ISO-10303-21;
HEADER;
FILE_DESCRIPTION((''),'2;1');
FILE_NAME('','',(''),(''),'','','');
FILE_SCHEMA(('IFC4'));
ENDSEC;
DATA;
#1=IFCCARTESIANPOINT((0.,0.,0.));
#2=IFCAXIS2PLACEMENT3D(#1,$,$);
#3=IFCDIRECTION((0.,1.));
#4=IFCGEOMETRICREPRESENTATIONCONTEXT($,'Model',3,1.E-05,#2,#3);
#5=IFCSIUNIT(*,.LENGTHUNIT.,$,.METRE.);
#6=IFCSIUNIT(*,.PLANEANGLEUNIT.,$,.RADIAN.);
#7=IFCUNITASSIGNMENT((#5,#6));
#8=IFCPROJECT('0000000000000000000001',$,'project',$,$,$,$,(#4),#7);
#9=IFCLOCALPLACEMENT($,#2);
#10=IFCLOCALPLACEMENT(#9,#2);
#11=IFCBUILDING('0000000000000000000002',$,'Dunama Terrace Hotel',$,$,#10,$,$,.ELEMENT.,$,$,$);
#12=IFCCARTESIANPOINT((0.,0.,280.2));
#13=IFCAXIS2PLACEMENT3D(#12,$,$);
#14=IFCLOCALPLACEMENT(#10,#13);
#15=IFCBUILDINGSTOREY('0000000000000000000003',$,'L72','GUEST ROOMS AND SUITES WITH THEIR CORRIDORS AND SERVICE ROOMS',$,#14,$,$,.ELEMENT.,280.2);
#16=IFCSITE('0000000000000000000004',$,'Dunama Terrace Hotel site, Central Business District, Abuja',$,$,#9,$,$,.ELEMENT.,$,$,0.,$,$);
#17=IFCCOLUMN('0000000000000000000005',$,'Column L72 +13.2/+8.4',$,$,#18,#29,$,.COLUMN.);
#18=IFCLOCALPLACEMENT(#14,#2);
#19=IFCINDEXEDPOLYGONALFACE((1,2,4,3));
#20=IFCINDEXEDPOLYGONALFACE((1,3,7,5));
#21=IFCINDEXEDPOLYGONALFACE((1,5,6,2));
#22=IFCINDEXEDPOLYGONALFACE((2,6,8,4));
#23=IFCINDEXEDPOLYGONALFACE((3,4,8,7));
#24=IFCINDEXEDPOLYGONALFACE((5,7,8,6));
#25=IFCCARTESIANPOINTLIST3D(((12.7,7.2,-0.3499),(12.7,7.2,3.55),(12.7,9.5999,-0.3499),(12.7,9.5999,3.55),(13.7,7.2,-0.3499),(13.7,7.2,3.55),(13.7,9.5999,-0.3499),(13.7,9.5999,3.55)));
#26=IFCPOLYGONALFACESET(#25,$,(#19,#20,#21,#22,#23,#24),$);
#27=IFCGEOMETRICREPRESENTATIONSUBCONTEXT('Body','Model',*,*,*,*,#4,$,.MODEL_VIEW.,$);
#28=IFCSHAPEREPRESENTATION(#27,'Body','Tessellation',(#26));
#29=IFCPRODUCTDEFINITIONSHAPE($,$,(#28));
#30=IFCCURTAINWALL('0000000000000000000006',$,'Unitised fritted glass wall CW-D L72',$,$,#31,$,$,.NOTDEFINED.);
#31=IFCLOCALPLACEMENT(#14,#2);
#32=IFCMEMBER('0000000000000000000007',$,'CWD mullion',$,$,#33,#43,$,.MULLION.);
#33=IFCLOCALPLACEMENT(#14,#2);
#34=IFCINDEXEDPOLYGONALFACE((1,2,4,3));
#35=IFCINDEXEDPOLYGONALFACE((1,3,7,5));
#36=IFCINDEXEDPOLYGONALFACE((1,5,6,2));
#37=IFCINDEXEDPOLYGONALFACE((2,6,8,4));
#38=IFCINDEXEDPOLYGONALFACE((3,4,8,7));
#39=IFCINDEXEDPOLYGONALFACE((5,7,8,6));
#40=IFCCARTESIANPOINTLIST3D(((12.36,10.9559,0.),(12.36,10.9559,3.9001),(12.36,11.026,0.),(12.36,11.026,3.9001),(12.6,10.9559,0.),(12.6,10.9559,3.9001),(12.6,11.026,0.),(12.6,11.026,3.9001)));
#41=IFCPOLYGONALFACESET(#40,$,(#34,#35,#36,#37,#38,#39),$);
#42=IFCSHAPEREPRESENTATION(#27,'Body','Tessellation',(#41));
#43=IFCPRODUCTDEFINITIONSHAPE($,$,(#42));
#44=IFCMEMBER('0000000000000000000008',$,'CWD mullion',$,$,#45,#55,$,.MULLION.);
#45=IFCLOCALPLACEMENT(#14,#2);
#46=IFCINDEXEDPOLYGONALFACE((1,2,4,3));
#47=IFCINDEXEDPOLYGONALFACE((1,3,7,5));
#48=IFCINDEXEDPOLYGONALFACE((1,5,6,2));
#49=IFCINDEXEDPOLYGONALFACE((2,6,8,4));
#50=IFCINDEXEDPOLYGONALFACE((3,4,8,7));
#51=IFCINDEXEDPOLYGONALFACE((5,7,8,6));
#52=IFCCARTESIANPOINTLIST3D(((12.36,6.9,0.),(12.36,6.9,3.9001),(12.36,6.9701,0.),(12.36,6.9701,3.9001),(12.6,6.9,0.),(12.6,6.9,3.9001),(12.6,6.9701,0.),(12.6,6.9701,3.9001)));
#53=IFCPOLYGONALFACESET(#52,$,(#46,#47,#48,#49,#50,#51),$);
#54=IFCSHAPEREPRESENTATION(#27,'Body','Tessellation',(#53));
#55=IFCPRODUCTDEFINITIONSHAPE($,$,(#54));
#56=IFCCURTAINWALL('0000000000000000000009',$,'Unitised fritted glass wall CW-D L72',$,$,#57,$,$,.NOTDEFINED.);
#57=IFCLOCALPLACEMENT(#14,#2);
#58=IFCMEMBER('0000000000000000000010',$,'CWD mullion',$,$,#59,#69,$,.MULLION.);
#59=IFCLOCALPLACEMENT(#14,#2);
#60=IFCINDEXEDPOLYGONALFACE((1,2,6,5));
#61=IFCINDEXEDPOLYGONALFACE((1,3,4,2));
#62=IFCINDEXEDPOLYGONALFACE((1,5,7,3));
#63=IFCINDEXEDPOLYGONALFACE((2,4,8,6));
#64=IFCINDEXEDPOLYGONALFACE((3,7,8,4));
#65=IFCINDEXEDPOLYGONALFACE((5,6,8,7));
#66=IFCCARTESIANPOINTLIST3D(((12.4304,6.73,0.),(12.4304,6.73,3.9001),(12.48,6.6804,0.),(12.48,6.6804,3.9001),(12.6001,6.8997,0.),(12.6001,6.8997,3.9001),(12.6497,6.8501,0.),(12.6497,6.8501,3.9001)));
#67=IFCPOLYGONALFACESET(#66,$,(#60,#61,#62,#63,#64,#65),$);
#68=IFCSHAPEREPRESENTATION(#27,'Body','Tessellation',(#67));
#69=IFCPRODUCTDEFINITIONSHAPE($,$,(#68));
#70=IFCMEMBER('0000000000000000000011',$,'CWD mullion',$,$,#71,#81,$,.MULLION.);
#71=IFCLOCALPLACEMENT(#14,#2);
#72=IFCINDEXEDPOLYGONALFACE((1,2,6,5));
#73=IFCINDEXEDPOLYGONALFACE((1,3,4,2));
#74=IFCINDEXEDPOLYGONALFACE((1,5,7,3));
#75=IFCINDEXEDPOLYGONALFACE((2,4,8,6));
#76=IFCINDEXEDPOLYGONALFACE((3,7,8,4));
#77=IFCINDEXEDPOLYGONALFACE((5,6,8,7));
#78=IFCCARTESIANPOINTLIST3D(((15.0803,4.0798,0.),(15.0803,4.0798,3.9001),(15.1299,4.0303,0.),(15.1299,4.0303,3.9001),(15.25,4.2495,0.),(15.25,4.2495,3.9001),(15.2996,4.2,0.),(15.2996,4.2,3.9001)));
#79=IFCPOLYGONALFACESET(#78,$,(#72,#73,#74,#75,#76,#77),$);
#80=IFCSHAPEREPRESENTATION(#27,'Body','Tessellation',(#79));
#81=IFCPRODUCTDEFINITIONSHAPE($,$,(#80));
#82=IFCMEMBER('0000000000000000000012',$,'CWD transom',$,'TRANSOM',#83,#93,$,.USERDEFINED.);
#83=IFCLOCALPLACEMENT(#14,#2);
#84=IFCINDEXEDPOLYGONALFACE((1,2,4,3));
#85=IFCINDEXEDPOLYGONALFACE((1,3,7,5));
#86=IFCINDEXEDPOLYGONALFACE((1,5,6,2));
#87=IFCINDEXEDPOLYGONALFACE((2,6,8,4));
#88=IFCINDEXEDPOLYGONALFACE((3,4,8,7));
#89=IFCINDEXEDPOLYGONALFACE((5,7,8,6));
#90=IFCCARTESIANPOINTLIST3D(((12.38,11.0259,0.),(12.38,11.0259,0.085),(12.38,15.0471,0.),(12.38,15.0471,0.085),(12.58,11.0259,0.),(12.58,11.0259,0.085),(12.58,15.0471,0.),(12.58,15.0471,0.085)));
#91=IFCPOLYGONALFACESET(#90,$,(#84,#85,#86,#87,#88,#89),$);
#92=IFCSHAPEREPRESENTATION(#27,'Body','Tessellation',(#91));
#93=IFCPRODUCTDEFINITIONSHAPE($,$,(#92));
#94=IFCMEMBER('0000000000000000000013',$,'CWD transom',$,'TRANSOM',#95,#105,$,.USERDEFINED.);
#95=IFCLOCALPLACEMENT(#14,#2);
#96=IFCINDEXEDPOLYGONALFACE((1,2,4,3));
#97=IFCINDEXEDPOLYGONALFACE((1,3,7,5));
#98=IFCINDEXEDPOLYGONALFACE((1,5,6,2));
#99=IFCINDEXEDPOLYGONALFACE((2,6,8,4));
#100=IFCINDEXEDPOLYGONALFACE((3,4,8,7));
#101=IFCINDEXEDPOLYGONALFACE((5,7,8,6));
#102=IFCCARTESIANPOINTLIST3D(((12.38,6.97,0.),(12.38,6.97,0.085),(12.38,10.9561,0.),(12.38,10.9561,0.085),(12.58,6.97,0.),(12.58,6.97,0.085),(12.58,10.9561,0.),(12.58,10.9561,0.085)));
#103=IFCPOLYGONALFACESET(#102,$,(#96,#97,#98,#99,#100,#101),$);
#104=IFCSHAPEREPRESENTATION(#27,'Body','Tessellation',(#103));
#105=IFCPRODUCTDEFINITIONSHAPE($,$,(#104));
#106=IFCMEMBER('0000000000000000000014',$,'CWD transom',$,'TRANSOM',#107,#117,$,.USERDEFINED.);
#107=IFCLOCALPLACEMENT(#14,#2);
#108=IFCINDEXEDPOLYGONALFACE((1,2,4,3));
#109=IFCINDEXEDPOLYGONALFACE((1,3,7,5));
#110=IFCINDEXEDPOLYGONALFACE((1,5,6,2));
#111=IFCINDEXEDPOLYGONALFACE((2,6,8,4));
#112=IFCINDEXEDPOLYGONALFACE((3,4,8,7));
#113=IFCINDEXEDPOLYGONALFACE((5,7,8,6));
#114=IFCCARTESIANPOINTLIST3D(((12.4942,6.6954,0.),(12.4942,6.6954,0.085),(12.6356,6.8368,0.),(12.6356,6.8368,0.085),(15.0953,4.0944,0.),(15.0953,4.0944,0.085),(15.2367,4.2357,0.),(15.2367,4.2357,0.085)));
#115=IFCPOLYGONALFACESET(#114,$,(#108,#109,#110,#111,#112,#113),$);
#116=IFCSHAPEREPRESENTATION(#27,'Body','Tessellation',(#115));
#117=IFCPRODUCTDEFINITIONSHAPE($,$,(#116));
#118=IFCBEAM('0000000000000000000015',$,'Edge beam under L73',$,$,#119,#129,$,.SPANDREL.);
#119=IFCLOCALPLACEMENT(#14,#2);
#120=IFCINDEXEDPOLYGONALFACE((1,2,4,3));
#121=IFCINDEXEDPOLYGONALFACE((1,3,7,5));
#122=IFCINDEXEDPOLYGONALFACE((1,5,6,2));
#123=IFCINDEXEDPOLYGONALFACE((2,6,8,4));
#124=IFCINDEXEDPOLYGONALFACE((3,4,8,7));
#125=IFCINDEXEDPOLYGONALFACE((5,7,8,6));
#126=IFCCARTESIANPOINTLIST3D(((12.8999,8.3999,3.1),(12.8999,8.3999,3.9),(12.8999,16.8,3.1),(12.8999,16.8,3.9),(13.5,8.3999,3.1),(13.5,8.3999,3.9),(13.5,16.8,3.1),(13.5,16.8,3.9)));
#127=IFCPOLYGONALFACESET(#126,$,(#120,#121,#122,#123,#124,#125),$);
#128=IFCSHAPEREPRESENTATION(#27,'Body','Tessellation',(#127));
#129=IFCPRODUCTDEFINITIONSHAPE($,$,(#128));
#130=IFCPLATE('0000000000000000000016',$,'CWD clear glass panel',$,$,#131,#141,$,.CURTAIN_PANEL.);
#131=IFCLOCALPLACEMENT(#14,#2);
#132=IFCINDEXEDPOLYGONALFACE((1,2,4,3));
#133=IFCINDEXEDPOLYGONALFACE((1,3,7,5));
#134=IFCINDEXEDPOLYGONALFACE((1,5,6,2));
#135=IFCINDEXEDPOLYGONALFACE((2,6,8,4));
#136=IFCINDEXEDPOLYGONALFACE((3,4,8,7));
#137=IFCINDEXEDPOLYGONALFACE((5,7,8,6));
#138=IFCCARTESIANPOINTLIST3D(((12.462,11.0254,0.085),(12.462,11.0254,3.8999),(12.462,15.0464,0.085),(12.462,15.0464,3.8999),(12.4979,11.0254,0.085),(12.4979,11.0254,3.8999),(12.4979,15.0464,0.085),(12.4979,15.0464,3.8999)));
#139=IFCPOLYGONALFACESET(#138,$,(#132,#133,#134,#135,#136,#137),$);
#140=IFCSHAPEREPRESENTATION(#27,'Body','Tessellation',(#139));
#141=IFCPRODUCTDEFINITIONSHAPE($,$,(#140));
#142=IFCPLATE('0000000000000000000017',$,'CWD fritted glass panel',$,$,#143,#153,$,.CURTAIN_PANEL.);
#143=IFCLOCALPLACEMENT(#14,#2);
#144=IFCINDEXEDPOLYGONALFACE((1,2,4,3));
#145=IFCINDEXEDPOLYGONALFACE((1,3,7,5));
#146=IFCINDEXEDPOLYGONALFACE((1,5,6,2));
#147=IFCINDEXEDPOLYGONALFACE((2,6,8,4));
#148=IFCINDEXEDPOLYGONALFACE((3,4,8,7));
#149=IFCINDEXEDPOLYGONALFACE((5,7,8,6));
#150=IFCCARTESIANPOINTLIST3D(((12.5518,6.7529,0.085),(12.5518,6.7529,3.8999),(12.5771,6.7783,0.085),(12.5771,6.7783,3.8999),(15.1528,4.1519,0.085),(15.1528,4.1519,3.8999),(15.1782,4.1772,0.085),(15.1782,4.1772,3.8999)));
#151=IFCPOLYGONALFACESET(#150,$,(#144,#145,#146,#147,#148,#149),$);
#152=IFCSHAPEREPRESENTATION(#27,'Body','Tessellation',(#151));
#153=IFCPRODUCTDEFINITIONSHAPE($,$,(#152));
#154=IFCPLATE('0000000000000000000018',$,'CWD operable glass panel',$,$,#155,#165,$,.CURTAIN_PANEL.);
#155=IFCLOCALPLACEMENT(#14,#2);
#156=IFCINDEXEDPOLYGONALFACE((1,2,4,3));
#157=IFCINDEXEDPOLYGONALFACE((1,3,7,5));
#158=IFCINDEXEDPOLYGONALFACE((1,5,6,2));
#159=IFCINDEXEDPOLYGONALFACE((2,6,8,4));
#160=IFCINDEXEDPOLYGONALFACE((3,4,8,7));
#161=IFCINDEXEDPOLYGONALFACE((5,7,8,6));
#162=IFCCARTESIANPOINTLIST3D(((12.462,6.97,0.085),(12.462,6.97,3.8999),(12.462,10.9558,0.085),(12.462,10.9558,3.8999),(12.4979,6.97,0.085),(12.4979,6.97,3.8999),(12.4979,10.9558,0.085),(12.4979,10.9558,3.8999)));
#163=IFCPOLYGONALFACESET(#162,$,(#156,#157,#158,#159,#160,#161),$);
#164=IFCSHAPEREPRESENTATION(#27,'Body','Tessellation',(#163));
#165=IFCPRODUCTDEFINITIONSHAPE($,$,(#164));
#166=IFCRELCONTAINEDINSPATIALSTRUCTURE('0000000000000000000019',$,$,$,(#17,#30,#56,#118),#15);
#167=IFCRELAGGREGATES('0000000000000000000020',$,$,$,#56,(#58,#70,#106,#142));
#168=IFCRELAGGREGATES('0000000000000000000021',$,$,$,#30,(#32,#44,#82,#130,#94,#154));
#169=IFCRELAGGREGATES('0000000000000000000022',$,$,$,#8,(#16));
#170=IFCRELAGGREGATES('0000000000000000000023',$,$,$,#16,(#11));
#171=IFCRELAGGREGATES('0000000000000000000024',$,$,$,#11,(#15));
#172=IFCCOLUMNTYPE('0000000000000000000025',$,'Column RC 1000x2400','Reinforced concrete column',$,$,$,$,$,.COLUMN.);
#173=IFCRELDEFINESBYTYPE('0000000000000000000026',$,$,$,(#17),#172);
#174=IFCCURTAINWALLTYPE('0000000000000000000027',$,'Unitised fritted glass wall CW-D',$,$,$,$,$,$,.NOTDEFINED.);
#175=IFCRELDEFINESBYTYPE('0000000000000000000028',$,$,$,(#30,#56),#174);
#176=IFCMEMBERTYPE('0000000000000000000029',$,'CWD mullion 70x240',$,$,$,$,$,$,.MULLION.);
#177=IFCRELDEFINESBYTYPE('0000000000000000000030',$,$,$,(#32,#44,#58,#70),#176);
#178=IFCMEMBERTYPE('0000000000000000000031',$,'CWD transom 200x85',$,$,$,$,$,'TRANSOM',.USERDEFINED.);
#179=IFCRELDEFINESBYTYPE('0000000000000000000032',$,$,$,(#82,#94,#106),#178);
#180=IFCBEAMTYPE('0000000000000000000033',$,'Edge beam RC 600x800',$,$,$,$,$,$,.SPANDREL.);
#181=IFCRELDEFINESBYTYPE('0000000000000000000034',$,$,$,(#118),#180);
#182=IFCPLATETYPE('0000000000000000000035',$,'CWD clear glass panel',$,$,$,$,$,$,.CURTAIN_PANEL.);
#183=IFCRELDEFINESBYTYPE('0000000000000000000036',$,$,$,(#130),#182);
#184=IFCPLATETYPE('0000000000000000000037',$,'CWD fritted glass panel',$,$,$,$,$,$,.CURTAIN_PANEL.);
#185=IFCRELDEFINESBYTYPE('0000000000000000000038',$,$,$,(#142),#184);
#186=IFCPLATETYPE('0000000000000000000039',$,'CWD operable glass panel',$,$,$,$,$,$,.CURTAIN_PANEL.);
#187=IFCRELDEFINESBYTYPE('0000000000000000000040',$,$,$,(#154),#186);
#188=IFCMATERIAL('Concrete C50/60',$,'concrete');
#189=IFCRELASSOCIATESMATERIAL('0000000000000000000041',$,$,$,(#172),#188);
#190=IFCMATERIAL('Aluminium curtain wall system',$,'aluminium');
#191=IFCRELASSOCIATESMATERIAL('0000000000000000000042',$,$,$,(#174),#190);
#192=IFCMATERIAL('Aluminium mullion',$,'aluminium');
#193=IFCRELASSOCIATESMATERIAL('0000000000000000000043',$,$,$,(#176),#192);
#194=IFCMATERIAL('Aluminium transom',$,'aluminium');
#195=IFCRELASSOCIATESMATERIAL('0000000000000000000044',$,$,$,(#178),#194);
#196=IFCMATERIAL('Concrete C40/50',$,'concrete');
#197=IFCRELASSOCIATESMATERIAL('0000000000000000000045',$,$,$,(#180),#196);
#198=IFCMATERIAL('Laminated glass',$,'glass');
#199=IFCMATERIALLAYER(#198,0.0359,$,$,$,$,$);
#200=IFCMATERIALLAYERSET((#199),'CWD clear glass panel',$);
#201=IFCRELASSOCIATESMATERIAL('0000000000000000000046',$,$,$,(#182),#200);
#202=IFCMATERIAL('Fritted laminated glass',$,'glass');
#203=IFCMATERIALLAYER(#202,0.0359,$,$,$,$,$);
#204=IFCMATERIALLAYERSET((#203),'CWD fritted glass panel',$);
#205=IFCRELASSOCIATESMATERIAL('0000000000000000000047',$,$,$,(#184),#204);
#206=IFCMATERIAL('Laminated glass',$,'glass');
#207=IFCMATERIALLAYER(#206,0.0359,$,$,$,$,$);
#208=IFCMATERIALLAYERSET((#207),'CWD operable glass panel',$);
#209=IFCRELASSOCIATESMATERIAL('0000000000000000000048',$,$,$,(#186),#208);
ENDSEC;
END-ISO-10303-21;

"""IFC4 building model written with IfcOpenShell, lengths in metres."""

from ifc_helpers import new_model, si_unit, direction, frame, origin, origin_2d, place, context, subcontext, project, spatial, rectangle, extrude, material, layer, layer_set, material_profile, profile_set, type_object, element, aggregate, save


model = new_model("IFC4")

# Units and contexts
model_context = context("Model", 3, precision=1e-05, world=origin(), true_north=direction((0.0, 1.0)))
body_context = subcontext(model_context, "Body", "Model", "MODEL_VIEW")
ifc_project = project(units=[si_unit("LENGTHUNIT", "METRE"), si_unit("PLANEANGLEUNIT", "RADIAN")], contexts=[model_context])

# Site, building, storey
site_placement = place(None, origin())
site = spatial("IfcSite", under=ifc_project, at=site_placement, Name="Dunama Terrace Hotel site, Central Business District, Abuja", CompositionType="ELEMENT", RefElevation=0.0)
building_placement = place(site_placement, origin())
building = spatial("IfcBuilding", under=site, at=building_placement, Name="Dunama Terrace Hotel", CompositionType="ELEMENT")
storey_placement = place(building_placement, frame((0.0, 0.0, 280.2)))
storey = spatial("IfcBuildingStorey", under=building, at=storey_placement, Name="L72", Description="GUEST ROOMS AND SUITES WITH THEIR CORRIDORS AND SERVICE ROOMS", CompositionType="ELEMENT", Elevation=280.2)

# Column
ifc_material_1 = material(Name="Concrete C50/60", Category="concrete")
ifc_material_profile_1 = material_profile(ifc_material_1, rectangle(XDim=1.0, YDim=2.3999, at=origin_2d()), Name="RC 1000x2400")
ifc_profile_set_1 = profile_set([ifc_material_profile_1], Name="Concrete C50/60")
column_type = type_object("IfcColumnType", Name="Column RC 1000x2400", Description="Reinforced concrete column", PredefinedType="COLUMN", material=ifc_profile_set_1)
column_placement = place(storey_placement, frame((13.2, 8.3999, -0.3499), z_axis=(0.0, 0.0, 1.0), x_axis=(1.0, 0.0, 0.0)))
element("IfcColumn", 1, at=column_placement, inside=storey, type_object=column_type, Name="Column L72 +13.2/+8.4", PredefinedType="COLUMN", context=body_context, shape_type="SweptSolid", body=[
    extrude(rectangle(XDim=1.0, YDim=2.3999, at=origin_2d()), origin(), (0.0, 0.0, 1.0), 3.8999),
])

# Curtain walls, members
ifc_material_2 = material(Name="Aluminium curtain wall system", Category="aluminium")
curtain_wall_type = type_object("IfcCurtainWallType", Name="Unitised fritted glass wall CW-D", PredefinedType="NOTDEFINED", material=ifc_material_2)
curtain_wall_1_placement = place(storey_placement, origin())
curtain_wall_1 = element("IfcCurtainWall", 2, at=curtain_wall_1_placement, inside=storey, type_object=curtain_wall_type, Name="Unitised fritted glass wall CW-D L72", PredefinedType="NOTDEFINED")
ifc_material_3 = material(Name="Aluminium mullion", Category="aluminium")
ifc_material_profile_2 = material_profile(ifc_material_3, rectangle(XDim=0.0701, YDim=0.24, at=origin_2d()), Name="CWD MULLION 70X240")
ifc_profile_set_2 = profile_set([ifc_material_profile_2], Name="Aluminium mullion")
member_type_1 = type_object("IfcMemberType", Name="CWD mullion 70x240", PredefinedType="MULLION", material=ifc_profile_set_2)
member_1_placement = place(storey_placement, frame((12.48, 10.991, 0.0), z_axis=(0.0, 0.0, 1.0), x_axis=(0.0, -1.0, 0.0)))
member_1 = element("IfcMember", 3, at=member_1_placement, type_object=member_type_1, Name="CWD mullion", PredefinedType="MULLION", context=body_context, shape_type="SweptSolid", body=[
    extrude(rectangle(XDim=0.0701, YDim=0.24, at=origin_2d()), origin(), (0.0, 0.0, 1.0), 3.9001),
])
member_2_placement = place(storey_placement, frame((12.48, 6.9351, 0.0), z_axis=(0.0, 0.0, 1.0), x_axis=(0.0, -1.0, 0.0)))
member_2 = element("IfcMember", 4, at=member_2_placement, type_object=member_type_1, Name="CWD mullion", PredefinedType="MULLION", context=body_context, shape_type="SweptSolid", body=[
    extrude(rectangle(XDim=0.0701, YDim=0.24, at=origin_2d()), origin(), (0.0, 0.0, 1.0), 3.9001),
])
curtain_wall_2_placement = place(storey_placement, origin())
curtain_wall_2 = element("IfcCurtainWall", 5, at=curtain_wall_2_placement, inside=storey, type_object=curtain_wall_type, Name="Unitised fritted glass wall CW-D L72", PredefinedType="NOTDEFINED")
member_3_placement = place(storey_placement, frame((12.54, 6.79, 0.0), z_axis=(0.0, 0.0, 1.0), x_axis=(0.707107, -0.707107, 0.0)))
member_3 = element("IfcMember", 6, at=member_3_placement, type_object=member_type_1, Name="CWD mullion", PredefinedType="MULLION", context=body_context, shape_type="SweptSolid", body=[
    extrude(rectangle(XDim=0.0701, YDim=0.24, at=origin_2d()), origin(), (0.0, 0.0, 1.0), 3.9001),
])
member_4_placement = place(storey_placement, frame((15.1899, 4.1399, 0.0), z_axis=(0.0, 0.0, 1.0), x_axis=(0.707107, -0.707107, 0.0)))
member_4 = element("IfcMember", 7, at=member_4_placement, type_object=member_type_1, Name="CWD mullion", PredefinedType="MULLION", context=body_context, shape_type="SweptSolid", body=[
    extrude(rectangle(XDim=0.0701, YDim=0.24, at=origin_2d()), origin(), (0.0, 0.0, 1.0), 3.9001),
])

# Members
ifc_material_4 = material(Name="Aluminium transom", Category="aluminium")
ifc_material_profile_3 = material_profile(ifc_material_4, rectangle(XDim=0.2, YDim=0.085, at=origin_2d()), Name="CWD TRANSOM 200X85")
ifc_profile_set_3 = profile_set([ifc_material_profile_3], Name="Aluminium transom")
member_type_2 = type_object("IfcMemberType", Name="CWD transom 200x85", ElementType="TRANSOM", PredefinedType="USERDEFINED", material=ifc_profile_set_3)
member_5_placement = place(storey_placement, frame((12.48, 15.0471, 0.0425), z_axis=(0.0, -1.0, 0.0), x_axis=(1.0, 0.0, 0.0)))
member_5 = element("IfcMember", 8, at=member_5_placement, type_object=member_type_2, Name="CWD transom", ObjectType="TRANSOM", PredefinedType="USERDEFINED", context=body_context, shape_type="SweptSolid", body=[
    extrude(rectangle(XDim=0.2, YDim=0.085, at=origin_2d()), origin(), (0.0, 0.0, 1.0), 4.0212),
])
member_6_placement = place(storey_placement, frame((12.48, 10.9561, 0.0425), z_axis=(0.0, -1.0, 0.0), x_axis=(1.0, 0.0, 0.0)))
member_6 = element("IfcMember", 9, at=member_6_placement, type_object=member_type_2, Name="CWD transom", ObjectType="TRANSOM", PredefinedType="USERDEFINED", context=body_context, shape_type="SweptSolid", body=[
    extrude(rectangle(XDim=0.2, YDim=0.085, at=origin_2d()), origin(), (0.0, 0.0, 1.0), 3.9861),
])
member_7_placement = place(storey_placement, frame((12.5649, 6.7661, 0.0425), z_axis=(0.707107, -0.707107, 0.0), x_axis=(0.707107, 0.707107, 0.0)))
member_7 = element("IfcMember", 10, at=member_7_placement, type_object=member_type_2, Name="CWD transom", ObjectType="TRANSOM", PredefinedType="USERDEFINED", context=body_context, shape_type="SweptSolid", body=[
    extrude(rectangle(XDim=0.2, YDim=0.085, at=origin_2d()), origin(), (0.0, 0.0, 1.0), 3.6785),
])

# Beam
ifc_material_5 = material(Name="Concrete C40/50", Category="concrete")
ifc_material_profile_4 = material_profile(ifc_material_5, rectangle(XDim=0.6001, YDim=0.8, at=origin_2d()), Name="RC 600x800")
ifc_profile_set_4 = profile_set([ifc_material_profile_4], Name="Concrete C40/50")
beam_type = type_object("IfcBeamType", Name="Edge beam RC 600x800", PredefinedType="SPANDREL", material=ifc_profile_set_4)
beam_placement = place(storey_placement, frame((13.2, 8.3999, 3.5), z_axis=(0.0, 1.0, 0.0), x_axis=(-1.0, 0.0, 0.0)))
element("IfcBeam", 11, at=beam_placement, inside=storey, type_object=beam_type, Name="Edge beam under L73", PredefinedType="SPANDREL", context=body_context, shape_type="SweptSolid", body=[
    extrude(rectangle(XDim=0.6001, YDim=0.8, at=origin_2d()), origin(), (0.0, 0.0, 1.0), 8.4001),
])

# Plates
ifc_material_6 = material(Name="Laminated glass", Category="glass")
ifc_layer_1 = layer(ifc_material_6, 0.0359)
ifc_layer_set_1 = layer_set([ifc_layer_1], Name="CWD clear glass panel")
plate_type_1 = type_object("IfcPlateType", Name="CWD clear glass panel", PredefinedType="CURTAIN_PANEL", material=ifc_layer_set_1)
plate_1_placement = place(storey_placement, frame((12.48, 13.0359, 0.085), z_axis=(0.0, 0.0, 1.0), x_axis=(0.0, -1.0, 0.0)))
plate_1 = element("IfcPlate", 12, at=plate_1_placement, type_object=plate_type_1, Name="CWD clear glass panel", PredefinedType="CURTAIN_PANEL", context=body_context, shape_type="SweptSolid", body=[
    extrude(rectangle(XDim=4.021, YDim=0.0359, at=origin_2d()), origin(), (0.0, 0.0, 1.0), 3.8149),
])
ifc_material_7 = material(Name="Fritted laminated glass", Category="glass")
ifc_layer_2 = layer(ifc_material_7, 0.0359)
ifc_layer_set_2 = layer_set([ifc_layer_2], Name="CWD fritted glass panel")
plate_type_2 = type_object("IfcPlateType", Name="CWD fritted glass panel", PredefinedType="CURTAIN_PANEL", material=ifc_layer_set_2)
plate_2_placement = place(storey_placement, frame((13.865, 5.4651, 0.085), z_axis=(0.0, 0.0, 1.0), x_axis=(0.707107, -0.707107, 0.0)))
plate_2 = element("IfcPlate", 13, at=plate_2_placement, type_object=plate_type_2, Name="CWD fritted glass panel", PredefinedType="CURTAIN_PANEL", context=body_context, shape_type="SweptSolid", body=[
    extrude(rectangle(XDim=3.6785, YDim=0.0359, at=origin_2d()), origin(), (0.0, 0.0, 1.0), 3.8149),
])
aggregate(curtain_wall_2, [member_3, member_4, member_7, plate_2])
ifc_material_8 = material(Name="Laminated glass", Category="glass")
ifc_layer_3 = layer(ifc_material_8, 0.0359)
ifc_layer_set_3 = layer_set([ifc_layer_3], Name="CWD operable glass panel")
plate_type_3 = type_object("IfcPlateType", Name="CWD operable glass panel", PredefinedType="CURTAIN_PANEL", material=ifc_layer_set_3)
plate_3_placement = place(storey_placement, frame((12.48, 8.9629, 0.085), z_axis=(0.0, 0.0, 1.0), x_axis=(0.0, -1.0, 0.0)))
plate_3 = element("IfcPlate", 14, at=plate_3_placement, type_object=plate_type_3, Name="CWD operable glass panel", PredefinedType="CURTAIN_PANEL", context=body_context, shape_type="SweptSolid", body=[
    extrude(rectangle(XDim=3.9858, YDim=0.0359, at=origin_2d()), origin(), (0.0, 0.0, 1.0), 3.8149),
])
aggregate(curtain_wall_1, [member_1, member_2, member_5, plate_1, member_6, plate_3])

save(model, "model.ifc")
